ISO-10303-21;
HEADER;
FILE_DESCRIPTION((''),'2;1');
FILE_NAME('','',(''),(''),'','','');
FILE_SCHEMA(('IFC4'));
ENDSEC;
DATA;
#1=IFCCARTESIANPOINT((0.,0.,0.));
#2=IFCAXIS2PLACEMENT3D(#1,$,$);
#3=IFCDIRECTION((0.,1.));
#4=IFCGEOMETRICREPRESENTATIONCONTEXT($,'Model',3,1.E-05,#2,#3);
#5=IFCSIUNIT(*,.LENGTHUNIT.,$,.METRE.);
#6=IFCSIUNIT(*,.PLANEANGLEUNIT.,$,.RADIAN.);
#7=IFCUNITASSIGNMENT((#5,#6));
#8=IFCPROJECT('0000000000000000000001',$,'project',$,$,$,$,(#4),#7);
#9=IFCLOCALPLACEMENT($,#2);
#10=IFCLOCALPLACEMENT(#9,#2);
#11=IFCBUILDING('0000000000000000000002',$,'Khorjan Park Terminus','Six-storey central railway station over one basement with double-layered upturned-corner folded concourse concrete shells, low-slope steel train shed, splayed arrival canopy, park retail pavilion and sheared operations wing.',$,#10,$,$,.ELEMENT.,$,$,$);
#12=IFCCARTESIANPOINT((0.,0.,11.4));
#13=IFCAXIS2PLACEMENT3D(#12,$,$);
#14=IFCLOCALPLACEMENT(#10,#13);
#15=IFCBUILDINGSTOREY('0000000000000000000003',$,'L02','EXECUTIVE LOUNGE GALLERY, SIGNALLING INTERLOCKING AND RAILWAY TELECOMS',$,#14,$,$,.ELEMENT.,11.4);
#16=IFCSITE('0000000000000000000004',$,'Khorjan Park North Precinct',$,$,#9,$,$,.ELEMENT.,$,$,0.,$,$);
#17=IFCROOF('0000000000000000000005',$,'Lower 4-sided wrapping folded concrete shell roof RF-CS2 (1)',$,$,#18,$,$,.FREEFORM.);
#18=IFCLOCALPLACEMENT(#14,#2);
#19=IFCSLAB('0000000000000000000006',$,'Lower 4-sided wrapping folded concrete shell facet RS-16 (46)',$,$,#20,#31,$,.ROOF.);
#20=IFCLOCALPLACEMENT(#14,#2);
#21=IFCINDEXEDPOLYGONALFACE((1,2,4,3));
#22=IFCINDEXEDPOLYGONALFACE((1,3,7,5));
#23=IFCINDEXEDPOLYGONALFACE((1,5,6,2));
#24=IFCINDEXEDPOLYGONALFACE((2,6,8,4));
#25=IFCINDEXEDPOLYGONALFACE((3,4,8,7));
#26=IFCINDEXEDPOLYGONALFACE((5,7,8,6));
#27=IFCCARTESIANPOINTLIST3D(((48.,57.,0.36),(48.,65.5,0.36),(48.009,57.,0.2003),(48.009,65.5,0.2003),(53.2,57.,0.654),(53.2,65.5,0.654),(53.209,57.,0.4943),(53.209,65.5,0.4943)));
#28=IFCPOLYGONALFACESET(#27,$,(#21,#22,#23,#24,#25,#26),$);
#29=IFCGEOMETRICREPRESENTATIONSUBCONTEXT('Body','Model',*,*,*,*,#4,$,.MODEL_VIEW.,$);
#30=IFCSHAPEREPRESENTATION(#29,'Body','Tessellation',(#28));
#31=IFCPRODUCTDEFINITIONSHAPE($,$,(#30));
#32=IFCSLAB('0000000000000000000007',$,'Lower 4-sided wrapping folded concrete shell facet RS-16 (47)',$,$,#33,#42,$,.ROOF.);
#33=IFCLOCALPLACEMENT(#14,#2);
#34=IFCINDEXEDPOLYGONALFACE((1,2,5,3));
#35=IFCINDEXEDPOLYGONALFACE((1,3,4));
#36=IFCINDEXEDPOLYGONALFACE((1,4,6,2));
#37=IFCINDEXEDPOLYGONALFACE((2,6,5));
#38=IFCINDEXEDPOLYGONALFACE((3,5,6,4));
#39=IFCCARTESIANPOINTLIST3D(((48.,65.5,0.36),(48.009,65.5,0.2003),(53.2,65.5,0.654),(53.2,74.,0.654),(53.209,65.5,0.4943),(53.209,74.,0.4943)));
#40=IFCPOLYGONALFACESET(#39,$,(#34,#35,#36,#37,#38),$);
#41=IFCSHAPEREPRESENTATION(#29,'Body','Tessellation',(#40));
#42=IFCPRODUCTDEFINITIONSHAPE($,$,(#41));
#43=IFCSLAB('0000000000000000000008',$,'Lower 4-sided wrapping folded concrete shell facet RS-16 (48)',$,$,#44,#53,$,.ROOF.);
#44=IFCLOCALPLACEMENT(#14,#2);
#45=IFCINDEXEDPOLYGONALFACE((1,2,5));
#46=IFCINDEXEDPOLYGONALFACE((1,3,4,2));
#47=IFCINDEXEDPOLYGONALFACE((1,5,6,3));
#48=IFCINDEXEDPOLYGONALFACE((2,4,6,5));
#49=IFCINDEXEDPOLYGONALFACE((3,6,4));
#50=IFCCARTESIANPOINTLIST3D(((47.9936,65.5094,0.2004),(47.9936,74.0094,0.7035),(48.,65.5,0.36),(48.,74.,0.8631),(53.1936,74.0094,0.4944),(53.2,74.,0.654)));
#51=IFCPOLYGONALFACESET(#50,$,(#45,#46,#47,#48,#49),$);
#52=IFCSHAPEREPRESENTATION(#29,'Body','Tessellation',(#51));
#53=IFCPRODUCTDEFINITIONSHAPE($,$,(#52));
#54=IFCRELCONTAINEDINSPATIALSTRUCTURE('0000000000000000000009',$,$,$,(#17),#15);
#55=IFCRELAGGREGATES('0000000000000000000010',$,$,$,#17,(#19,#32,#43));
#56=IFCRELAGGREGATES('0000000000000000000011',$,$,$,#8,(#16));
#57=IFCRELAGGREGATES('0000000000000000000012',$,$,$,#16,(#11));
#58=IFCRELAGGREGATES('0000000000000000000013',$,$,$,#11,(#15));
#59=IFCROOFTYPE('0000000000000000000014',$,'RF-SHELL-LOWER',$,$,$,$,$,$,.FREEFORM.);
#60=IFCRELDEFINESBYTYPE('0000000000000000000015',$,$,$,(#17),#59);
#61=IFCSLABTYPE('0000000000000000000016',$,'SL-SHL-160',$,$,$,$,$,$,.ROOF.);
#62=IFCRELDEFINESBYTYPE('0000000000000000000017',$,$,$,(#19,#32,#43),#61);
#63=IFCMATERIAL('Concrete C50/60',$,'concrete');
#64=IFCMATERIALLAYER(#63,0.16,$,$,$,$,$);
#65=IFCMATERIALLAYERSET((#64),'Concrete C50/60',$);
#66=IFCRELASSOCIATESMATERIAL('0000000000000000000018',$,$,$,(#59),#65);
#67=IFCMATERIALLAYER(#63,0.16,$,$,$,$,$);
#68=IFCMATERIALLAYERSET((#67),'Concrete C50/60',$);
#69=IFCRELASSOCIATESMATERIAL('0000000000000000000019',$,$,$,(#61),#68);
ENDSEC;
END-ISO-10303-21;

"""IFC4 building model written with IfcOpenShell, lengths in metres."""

from ifc_helpers import new_model, si_unit, direction, frame, origin, place, context, subcontext, project, spatial, polyline, outline, extrude, material, layer, layer_set, type_object, element, aggregate, save


model = new_model("IFC4")

# Units and contexts
model_context = context("Model", 3, precision=1e-05, world=origin(), true_north=direction((0.0, 1.0)))
body_context = subcontext(model_context, "Body", "Model", "MODEL_VIEW")
ifc_project = project(units=[si_unit("LENGTHUNIT", "METRE"), si_unit("PLANEANGLEUNIT", "RADIAN")], contexts=[model_context])

# Site, building, storey
site_placement = place(None, origin())
site = spatial("IfcSite", under=ifc_project, at=site_placement, Name="Khorjan Park North Precinct", CompositionType="ELEMENT", RefElevation=0.0)
building_placement = place(site_placement, origin())
building = spatial("IfcBuilding", under=site, at=building_placement, Name="Khorjan Park Terminus", Description="Six-storey central railway station over one basement with double-layered upturned-corner folded concourse concrete shells, low-slope steel train shed, splayed arrival canopy, park retail pavilion and sheared operations wing.", CompositionType="ELEMENT")
storey_placement = place(building_placement, frame((0.0, 0.0, 11.4)))
storey = spatial("IfcBuildingStorey", under=building, at=storey_placement, Name="L02", Description="EXECUTIVE LOUNGE GALLERY, SIGNALLING INTERLOCKING AND RAILWAY TELECOMS", CompositionType="ELEMENT", Elevation=11.4)

# Shared definitions
ifc_material_1 = material(Name="Concrete C50/60", Category="concrete")

# Roof, slabs
ifc_layer_1 = layer(ifc_material_1, 0.16)
ifc_layer_set_1 = layer_set([ifc_layer_1], Name="Concrete C50/60")
roof_type = type_object("IfcRoofType", Name="RF-SHELL-LOWER", PredefinedType="FREEFORM", material=ifc_layer_set_1)
roof_placement = place(storey_placement, origin())
roof = element("IfcRoof", 1, at=roof_placement, inside=storey, type_object=roof_type, Name="Lower 4-sided wrapping folded concrete shell roof RF-CS2 (1)", PredefinedType="FREEFORM")
ifc_layer_2 = layer(ifc_material_1, 0.16)
ifc_layer_set_2 = layer_set([ifc_layer_2], Name="Concrete C50/60")
slab_type = type_object("IfcSlabType", Name="SL-SHL-160", PredefinedType="ROOF", material=ifc_layer_set_2)
slab_1_placement = place(storey_placement, frame((48.0, 57.0, 0.36), z_axis=(-0.056448, 0.0, 0.998406), x_axis=(0.998406, 0.0, 0.056448)))
slab_1 = element("IfcSlab", 2, at=slab_1_placement, type_object=slab_type, Name="Lower 4-sided wrapping folded concrete shell facet RS-16 (46)", PredefinedType="ROOF", context=body_context, shape_type="SweptSolid", body=[
    extrude(outline(polyline([(0.0, 0.0), (5.2083, 0.0), (5.2083, 8.5), (0.0, 8.5), (0.0, 0.0)])), origin(), (0.0, 0.0, -1.0), 0.16),
])
slab_2_placement = place(storey_placement, frame((48.0, 65.5, 0.36), z_axis=(-0.056448, 0.0, 0.998406), x_axis=(0.998406, 0.0, 0.056448)))
slab_2 = element("IfcSlab", 3, at=slab_2_placement, type_object=slab_type, Name="Lower 4-sided wrapping folded concrete shell facet RS-16 (47)", PredefinedType="ROOF", context=body_context, shape_type="SweptSolid", body=[
    extrude(outline(polyline([(0.0, 0.0), (5.2083, 0.0), (5.2083, 8.5), (0.0, 0.0)])), origin(), (0.0, 0.0, -1.0), 0.16),
])
slab_3_placement = place(storey_placement, frame((48.0, 65.5, 0.36), z_axis=(0.040109, -0.059037, 0.99745), x_axis=(0.521629, 0.852663, 0.029492)))
slab_3 = element("IfcSlab", 4, at=slab_3_placement, type_object=slab_type, Name="Lower 4-sided wrapping folded concrete shell facet RS-16 (48)", PredefinedType="ROOF", context=body_context, shape_type="SweptSolid", body=[
    extrude(outline(polyline([(0.0, 0.0), (9.9688, 0.0), (7.2625, 4.4452), (0.0, 0.0)])), origin(), (0.0, 0.0, -1.0), 0.16),
])
aggregate(roof, [slab_1, slab_2, slab_3])

save(model, "model.ifc")
